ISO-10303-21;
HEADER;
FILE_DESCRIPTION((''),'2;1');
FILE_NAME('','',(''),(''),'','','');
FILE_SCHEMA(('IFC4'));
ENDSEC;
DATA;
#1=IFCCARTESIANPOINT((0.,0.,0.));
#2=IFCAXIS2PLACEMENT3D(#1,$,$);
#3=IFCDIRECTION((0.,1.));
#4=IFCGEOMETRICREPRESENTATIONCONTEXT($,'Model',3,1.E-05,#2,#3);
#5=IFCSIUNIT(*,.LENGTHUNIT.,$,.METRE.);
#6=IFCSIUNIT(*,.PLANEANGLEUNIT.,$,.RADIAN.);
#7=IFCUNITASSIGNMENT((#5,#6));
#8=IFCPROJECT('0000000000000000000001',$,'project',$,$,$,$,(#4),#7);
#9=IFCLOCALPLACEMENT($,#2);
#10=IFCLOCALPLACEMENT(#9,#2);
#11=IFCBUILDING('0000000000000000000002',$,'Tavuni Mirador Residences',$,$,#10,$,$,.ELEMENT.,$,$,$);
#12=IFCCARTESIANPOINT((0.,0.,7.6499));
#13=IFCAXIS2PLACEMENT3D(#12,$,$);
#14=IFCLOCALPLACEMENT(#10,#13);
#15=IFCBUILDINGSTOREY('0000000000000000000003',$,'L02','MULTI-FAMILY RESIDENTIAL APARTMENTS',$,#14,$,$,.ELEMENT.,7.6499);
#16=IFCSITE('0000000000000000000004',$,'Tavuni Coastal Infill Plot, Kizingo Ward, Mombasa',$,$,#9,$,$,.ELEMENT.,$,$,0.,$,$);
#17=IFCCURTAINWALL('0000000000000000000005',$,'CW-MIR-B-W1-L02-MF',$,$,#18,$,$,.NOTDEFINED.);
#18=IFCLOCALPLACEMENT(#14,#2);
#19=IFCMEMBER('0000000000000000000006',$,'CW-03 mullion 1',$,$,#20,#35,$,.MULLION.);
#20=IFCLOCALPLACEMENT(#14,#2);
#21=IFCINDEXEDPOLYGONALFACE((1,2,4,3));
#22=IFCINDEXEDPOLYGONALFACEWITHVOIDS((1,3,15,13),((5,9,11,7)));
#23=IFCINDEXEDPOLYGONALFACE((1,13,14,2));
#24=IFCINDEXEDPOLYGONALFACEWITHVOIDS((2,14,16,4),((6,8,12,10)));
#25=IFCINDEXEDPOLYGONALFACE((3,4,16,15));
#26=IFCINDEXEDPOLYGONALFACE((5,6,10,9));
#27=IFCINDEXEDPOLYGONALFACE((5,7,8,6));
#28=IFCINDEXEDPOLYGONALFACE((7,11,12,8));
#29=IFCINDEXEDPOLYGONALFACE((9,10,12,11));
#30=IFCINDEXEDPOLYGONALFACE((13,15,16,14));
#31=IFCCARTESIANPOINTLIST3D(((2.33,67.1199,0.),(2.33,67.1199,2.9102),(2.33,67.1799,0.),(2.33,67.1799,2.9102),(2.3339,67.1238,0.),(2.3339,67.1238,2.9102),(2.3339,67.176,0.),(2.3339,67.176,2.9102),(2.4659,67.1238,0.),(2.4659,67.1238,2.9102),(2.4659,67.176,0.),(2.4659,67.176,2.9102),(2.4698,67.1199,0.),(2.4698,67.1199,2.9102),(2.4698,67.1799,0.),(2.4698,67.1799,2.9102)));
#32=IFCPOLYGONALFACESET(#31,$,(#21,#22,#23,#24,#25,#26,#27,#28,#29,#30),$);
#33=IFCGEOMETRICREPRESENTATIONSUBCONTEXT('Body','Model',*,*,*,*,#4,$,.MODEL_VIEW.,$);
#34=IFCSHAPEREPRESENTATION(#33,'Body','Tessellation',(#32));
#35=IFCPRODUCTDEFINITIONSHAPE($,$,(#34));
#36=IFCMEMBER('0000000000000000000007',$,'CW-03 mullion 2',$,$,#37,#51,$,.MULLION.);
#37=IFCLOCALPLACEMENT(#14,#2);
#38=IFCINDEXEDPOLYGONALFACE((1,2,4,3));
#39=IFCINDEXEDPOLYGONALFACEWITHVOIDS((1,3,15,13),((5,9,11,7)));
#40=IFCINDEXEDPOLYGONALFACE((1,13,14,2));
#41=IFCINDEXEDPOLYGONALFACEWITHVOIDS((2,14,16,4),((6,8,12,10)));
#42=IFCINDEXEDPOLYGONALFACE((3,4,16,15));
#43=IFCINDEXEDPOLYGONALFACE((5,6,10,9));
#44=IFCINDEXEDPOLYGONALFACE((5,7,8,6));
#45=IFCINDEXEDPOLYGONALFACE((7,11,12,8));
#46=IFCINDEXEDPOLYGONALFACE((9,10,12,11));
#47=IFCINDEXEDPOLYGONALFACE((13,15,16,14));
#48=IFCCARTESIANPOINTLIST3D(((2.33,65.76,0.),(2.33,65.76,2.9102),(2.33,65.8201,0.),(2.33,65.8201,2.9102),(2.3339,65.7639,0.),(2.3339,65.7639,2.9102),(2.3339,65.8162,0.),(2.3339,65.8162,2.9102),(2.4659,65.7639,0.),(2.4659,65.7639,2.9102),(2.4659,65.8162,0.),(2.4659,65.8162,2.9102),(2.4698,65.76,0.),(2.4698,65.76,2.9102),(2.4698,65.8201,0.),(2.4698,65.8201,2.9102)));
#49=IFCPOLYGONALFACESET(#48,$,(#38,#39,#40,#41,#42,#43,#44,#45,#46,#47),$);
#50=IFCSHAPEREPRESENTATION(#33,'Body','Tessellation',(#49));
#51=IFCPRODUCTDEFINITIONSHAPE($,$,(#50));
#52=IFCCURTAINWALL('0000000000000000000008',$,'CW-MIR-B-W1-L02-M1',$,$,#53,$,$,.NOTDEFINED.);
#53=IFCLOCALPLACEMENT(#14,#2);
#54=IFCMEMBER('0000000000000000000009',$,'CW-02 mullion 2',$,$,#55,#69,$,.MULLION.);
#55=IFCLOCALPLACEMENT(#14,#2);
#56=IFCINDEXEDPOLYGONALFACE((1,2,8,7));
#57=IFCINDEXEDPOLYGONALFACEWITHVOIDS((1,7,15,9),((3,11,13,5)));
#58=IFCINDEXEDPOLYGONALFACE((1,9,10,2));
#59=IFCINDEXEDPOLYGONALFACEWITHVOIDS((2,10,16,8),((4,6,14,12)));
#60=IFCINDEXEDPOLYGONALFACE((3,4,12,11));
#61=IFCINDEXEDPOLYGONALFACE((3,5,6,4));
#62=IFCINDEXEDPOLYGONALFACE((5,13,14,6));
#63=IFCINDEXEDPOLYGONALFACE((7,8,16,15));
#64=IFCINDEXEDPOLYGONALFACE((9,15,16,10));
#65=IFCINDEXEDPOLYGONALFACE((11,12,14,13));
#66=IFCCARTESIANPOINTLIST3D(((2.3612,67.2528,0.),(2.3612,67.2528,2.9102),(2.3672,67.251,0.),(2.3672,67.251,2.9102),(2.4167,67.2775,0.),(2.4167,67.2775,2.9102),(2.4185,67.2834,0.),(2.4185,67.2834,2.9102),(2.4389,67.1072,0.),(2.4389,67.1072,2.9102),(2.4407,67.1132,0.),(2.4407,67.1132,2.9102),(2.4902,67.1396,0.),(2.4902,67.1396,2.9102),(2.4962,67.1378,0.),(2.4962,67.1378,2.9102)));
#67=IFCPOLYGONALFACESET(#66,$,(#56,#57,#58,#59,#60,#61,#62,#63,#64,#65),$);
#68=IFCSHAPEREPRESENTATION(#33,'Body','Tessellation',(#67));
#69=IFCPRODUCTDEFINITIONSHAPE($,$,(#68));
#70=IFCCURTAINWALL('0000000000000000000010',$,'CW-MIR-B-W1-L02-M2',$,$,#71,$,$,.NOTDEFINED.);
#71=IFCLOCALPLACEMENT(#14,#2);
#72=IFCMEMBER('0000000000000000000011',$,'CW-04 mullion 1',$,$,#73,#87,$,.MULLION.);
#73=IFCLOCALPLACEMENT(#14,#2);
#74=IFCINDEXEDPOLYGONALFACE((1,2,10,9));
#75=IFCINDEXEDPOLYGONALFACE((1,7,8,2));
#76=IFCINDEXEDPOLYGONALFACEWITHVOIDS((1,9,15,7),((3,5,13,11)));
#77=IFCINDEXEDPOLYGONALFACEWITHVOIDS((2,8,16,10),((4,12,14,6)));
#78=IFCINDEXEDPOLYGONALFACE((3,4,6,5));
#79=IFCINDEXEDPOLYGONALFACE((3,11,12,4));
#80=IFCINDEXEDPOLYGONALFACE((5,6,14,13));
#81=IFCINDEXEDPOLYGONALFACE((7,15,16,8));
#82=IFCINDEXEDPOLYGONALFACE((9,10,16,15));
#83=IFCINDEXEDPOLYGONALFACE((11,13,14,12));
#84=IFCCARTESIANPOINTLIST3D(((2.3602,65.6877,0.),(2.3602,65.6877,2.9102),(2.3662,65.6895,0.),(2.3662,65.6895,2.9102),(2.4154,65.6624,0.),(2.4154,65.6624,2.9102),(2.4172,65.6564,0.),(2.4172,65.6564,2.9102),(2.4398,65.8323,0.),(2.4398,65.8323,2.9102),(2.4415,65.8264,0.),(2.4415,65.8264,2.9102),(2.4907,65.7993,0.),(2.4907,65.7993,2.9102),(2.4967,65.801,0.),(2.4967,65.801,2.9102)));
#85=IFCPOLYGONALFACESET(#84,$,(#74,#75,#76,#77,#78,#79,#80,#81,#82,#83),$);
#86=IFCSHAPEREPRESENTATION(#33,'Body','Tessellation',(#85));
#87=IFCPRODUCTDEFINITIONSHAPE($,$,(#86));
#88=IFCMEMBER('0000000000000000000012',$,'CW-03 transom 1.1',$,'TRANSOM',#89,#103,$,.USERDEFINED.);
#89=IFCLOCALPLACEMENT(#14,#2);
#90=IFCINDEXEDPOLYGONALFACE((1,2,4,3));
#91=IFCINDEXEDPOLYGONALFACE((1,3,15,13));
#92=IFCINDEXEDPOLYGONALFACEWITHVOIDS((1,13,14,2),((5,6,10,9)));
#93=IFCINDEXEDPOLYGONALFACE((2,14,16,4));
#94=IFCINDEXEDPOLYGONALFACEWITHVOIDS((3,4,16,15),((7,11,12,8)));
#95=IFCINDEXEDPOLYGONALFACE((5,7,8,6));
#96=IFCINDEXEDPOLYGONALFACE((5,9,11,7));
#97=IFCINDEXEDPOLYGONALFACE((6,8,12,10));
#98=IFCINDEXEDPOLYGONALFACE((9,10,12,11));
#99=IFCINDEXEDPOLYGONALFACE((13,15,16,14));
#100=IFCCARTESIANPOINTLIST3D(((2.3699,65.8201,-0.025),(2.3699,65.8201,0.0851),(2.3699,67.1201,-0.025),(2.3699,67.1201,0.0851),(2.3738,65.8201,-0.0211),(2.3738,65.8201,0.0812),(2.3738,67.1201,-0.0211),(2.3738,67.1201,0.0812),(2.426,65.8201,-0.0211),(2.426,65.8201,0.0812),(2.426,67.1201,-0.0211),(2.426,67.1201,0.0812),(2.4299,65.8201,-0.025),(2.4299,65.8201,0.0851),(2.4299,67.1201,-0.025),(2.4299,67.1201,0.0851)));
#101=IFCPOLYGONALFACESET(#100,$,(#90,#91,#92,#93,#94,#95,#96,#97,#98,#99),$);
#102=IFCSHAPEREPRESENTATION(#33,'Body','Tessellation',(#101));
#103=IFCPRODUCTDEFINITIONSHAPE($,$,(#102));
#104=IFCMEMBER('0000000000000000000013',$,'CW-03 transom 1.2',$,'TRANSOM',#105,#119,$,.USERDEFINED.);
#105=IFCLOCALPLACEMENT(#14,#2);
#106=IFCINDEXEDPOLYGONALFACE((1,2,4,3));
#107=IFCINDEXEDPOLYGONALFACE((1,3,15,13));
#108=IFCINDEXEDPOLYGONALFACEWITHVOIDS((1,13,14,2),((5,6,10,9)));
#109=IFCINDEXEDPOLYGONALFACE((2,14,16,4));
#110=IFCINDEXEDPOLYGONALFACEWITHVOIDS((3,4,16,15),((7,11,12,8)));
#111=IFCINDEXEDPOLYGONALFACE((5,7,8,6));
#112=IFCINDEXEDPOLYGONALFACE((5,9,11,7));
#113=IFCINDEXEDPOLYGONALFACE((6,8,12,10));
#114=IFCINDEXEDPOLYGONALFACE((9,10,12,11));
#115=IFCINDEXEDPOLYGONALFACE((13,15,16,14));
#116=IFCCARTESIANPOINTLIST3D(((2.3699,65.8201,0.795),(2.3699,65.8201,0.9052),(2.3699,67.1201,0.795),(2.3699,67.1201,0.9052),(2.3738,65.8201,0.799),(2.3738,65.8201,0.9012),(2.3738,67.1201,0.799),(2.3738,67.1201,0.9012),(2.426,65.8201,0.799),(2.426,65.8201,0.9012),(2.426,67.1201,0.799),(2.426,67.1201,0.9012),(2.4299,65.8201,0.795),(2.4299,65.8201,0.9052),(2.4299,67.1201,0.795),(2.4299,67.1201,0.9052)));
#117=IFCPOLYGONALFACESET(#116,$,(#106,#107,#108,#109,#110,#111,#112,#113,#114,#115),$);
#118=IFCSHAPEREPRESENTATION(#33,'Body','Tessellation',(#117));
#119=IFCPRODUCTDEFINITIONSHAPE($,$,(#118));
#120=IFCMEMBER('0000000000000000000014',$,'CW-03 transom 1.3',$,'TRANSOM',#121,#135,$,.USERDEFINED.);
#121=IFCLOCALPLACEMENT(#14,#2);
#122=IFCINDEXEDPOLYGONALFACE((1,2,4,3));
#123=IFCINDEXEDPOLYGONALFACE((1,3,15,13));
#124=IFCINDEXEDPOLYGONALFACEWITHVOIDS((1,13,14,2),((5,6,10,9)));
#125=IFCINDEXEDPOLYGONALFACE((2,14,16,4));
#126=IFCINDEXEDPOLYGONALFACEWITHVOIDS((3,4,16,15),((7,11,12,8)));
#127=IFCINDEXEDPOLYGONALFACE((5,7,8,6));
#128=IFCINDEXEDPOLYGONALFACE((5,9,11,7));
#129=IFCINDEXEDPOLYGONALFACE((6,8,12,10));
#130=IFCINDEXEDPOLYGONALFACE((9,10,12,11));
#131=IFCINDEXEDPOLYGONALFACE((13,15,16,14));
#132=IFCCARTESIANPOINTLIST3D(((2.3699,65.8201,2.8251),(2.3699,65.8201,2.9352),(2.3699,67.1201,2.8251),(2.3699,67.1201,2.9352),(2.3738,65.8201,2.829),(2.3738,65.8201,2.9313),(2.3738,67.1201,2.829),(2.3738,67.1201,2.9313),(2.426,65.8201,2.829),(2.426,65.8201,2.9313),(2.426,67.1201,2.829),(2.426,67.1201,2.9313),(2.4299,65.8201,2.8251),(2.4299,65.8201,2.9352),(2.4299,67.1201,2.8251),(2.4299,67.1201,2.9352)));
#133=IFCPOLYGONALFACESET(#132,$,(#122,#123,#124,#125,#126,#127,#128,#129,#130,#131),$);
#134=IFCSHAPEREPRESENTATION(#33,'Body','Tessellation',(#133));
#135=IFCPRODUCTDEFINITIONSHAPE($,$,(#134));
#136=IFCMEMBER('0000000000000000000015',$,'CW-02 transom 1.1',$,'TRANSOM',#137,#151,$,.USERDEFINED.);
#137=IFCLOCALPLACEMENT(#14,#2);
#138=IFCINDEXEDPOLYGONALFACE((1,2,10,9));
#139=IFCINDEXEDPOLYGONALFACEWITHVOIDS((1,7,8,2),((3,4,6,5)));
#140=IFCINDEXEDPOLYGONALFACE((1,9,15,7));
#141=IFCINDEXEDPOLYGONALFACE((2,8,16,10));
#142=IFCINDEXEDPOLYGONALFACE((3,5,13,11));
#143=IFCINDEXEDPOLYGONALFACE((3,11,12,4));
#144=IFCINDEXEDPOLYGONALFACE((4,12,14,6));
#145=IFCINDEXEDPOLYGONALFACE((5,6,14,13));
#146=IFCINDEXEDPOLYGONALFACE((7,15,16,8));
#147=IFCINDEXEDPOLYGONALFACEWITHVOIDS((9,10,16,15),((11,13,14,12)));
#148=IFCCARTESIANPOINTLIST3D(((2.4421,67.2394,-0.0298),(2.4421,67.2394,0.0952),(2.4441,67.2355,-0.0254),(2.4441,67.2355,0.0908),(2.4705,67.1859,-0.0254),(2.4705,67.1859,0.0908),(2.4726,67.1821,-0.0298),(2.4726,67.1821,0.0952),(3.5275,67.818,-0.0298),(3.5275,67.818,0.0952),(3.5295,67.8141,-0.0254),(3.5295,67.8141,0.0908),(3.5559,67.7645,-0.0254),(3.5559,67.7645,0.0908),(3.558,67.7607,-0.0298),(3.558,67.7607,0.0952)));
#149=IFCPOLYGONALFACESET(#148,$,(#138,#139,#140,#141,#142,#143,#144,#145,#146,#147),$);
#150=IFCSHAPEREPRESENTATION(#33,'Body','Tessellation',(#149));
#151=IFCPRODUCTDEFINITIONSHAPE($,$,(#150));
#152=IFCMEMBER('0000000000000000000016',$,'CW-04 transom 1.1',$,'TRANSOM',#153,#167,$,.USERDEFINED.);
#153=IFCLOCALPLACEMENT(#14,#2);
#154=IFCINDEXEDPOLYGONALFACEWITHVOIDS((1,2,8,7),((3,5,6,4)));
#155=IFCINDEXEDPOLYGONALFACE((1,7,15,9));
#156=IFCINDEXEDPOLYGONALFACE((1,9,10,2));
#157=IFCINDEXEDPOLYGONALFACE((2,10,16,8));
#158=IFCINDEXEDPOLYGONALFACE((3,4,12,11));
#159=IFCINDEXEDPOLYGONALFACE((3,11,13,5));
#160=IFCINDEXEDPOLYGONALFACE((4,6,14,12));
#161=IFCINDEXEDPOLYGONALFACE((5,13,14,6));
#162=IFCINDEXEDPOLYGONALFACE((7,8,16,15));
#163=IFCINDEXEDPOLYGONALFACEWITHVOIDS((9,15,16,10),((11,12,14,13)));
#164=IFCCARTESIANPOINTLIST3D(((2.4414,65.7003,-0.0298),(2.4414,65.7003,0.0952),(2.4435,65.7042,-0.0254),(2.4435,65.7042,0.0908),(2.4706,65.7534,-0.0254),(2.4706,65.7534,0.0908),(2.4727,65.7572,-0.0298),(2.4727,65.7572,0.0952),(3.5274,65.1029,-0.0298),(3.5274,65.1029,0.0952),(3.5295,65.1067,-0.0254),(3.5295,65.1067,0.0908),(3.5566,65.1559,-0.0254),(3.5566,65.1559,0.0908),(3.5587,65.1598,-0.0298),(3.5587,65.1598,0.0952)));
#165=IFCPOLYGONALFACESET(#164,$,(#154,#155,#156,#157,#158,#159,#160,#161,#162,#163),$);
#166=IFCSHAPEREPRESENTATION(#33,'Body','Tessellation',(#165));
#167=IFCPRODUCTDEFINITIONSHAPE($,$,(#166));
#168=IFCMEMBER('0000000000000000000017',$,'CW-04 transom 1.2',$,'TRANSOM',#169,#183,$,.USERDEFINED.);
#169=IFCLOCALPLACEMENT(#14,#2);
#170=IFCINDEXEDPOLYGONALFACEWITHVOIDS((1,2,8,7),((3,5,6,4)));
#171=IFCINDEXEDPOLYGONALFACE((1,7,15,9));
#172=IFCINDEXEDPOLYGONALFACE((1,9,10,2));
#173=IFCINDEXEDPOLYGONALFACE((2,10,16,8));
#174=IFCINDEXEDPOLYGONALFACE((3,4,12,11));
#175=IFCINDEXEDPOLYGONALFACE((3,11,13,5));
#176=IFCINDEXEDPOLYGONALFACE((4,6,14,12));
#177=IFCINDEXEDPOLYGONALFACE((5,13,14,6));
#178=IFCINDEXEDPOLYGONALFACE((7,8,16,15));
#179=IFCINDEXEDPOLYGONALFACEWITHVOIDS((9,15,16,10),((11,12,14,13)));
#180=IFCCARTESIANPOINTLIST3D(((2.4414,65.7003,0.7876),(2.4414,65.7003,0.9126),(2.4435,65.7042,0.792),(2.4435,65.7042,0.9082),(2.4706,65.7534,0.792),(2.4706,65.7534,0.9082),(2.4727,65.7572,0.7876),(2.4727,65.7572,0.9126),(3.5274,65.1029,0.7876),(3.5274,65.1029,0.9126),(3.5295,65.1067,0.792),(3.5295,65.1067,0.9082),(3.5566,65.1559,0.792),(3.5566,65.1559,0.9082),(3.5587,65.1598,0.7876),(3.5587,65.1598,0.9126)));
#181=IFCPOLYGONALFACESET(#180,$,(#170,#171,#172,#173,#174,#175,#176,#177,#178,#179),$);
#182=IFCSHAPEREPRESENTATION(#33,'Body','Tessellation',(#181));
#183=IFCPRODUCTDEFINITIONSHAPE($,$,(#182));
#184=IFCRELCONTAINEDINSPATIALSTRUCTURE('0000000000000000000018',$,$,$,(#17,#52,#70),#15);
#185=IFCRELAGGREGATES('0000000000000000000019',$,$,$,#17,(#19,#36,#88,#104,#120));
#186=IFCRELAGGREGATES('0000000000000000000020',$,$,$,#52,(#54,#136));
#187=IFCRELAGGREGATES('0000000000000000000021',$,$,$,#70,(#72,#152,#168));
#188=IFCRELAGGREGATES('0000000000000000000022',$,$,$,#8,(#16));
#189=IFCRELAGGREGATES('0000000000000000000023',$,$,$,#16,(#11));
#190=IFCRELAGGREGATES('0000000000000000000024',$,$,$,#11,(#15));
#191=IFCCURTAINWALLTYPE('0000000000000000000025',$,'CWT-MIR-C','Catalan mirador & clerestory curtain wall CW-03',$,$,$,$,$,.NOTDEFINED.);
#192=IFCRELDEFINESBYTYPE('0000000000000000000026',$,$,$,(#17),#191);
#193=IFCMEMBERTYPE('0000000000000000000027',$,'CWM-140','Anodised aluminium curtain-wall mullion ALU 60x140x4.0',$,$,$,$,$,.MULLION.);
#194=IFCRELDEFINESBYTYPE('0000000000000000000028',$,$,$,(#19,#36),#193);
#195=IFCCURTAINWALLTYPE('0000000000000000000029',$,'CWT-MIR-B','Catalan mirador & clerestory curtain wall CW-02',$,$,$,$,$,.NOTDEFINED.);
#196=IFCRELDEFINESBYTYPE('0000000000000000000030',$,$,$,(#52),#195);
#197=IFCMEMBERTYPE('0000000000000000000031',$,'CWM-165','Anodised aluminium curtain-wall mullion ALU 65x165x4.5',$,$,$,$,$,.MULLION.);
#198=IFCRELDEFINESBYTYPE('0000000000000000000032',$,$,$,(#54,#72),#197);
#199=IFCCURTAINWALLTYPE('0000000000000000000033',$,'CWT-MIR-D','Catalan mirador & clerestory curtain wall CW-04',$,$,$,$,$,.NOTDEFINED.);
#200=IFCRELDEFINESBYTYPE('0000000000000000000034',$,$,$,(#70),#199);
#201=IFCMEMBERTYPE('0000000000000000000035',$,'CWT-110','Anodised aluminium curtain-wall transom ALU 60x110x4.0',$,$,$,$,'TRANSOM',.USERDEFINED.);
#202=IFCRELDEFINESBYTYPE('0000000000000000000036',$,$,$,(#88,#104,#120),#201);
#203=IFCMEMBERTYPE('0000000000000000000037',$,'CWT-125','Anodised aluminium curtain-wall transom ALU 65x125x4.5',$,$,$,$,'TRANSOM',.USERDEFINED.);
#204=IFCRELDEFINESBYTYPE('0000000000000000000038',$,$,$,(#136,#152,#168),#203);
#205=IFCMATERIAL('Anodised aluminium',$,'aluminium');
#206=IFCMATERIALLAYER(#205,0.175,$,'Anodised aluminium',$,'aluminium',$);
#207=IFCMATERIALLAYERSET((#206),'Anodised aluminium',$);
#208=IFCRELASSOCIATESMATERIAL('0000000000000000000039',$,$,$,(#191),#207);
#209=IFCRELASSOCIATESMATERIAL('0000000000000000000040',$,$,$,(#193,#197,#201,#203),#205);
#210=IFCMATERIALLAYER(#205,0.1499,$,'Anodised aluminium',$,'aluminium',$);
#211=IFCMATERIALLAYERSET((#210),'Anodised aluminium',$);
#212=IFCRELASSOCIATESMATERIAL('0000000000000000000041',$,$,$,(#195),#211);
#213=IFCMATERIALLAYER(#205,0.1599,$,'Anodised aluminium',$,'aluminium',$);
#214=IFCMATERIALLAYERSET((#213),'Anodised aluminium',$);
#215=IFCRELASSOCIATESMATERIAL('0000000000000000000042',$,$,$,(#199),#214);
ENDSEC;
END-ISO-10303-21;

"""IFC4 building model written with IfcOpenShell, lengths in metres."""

from ifc_helpers import new_model, si_unit, direction, frame, origin, origin_2d, place, context, subcontext, project, spatial, hollow_rectangle, extrude, material, layer, layer_set, material_profile, profile_set, type_object, element, aggregate, save


model = new_model("IFC4")

# Units and contexts
model_context = context("Model", 3, precision=1e-05, world=origin(), true_north=direction((0.0, 1.0)))
body_context = subcontext(model_context, "Body", "Model", "MODEL_VIEW")
ifc_project = project(units=[si_unit("LENGTHUNIT", "METRE"), si_unit("PLANEANGLEUNIT", "RADIAN")], contexts=[model_context])

# Site, building, storey
site_placement = place(None, origin())
site = spatial("IfcSite", under=ifc_project, at=site_placement, Name="Tavuni Coastal Infill Plot, Kizingo Ward, Mombasa", CompositionType="ELEMENT", RefElevation=0.0)
building_placement = place(site_placement, origin())
building = spatial("IfcBuilding", under=site, at=building_placement, Name="Tavuni Mirador Residences", CompositionType="ELEMENT")
storey_placement = place(building_placement, frame((0.0, 0.0, 7.6499)))
storey = spatial("IfcBuildingStorey", under=building, at=storey_placement, Name="L02", Description="MULTI-FAMILY RESIDENTIAL APARTMENTS", CompositionType="ELEMENT", Elevation=7.6499)

# Curtain wall, members
ifc_material_1 = material(Name="Anodised aluminium", Category="aluminium")
ifc_layer_1 = layer(ifc_material_1, 0.175, Name="Anodised aluminium", Category="aluminium")
ifc_layer_set_1 = layer_set([ifc_layer_1], Name="Anodised aluminium")
curtain_wall_type_1 = type_object("IfcCurtainWallType", Name="CWT-MIR-C", Description="Catalan mirador & clerestory curtain wall CW-03", PredefinedType="NOTDEFINED", material=ifc_layer_set_1)
curtain_wall_1_placement = place(storey_placement, origin())
curtain_wall_1 = element("IfcCurtainWall", 1, at=curtain_wall_1_placement, inside=storey, type_object=curtain_wall_type_1, Name="CW-MIR-B-W1-L02-MF", PredefinedType="NOTDEFINED")
ifc_material_profile_1 = material_profile(ifc_material_1, hollow_rectangle(XDim=0.0601, YDim=0.1399, WallThickness=0.0039, at=origin_2d()), Name="ALU 60x140x4.0", Category="aluminium")
ifc_profile_set_1 = profile_set([ifc_material_profile_1], Name="Anodised aluminium")
member_type_1 = type_object("IfcMemberType", Name="CWM-140", Description="Anodised aluminium curtain-wall mullion ALU 60x140x4.0", PredefinedType="MULLION", material=ifc_profile_set_1)
member_1_placement = place(storey_placement, frame((2.3999, 67.1499, 0.0), z_axis=(0.0, 0.0, 1.0), x_axis=(0.0, -1.0, 0.0)))
member_1 = element("IfcMember", 2, at=member_1_placement, type_object=member_type_1, Name="CW-03 mullion 1", PredefinedType="MULLION", context=body_context, shape_type="SweptSolid", body=[
    extrude(hollow_rectangle(XDim=0.0601, YDim=0.1399, WallThickness=0.0039, at=origin_2d()), origin(), (0.0, 0.0, 1.0), 2.9102),
])
member_2_placement = place(storey_placement, frame((2.3999, 65.79, 0.0), z_axis=(0.0, 0.0, 1.0), x_axis=(0.0, -1.0, 0.0)))
member_2 = element("IfcMember", 3, at=member_2_placement, type_object=member_type_1, Name="CW-03 mullion 2", PredefinedType="MULLION", context=body_context, shape_type="SweptSolid", body=[
    extrude(hollow_rectangle(XDim=0.0601, YDim=0.1399, WallThickness=0.0039, at=origin_2d()), origin(), (0.0, 0.0, 1.0), 2.9102),
])

# Curtain walls, members
ifc_layer_2 = layer(ifc_material_1, 0.1499, Name="Anodised aluminium", Category="aluminium")
ifc_layer_set_2 = layer_set([ifc_layer_2], Name="Anodised aluminium")
curtain_wall_type_2 = type_object("IfcCurtainWallType", Name="CWT-MIR-B", Description="Catalan mirador & clerestory curtain wall CW-02", PredefinedType="NOTDEFINED", material=ifc_layer_set_2)
curtain_wall_2_placement = place(storey_placement, origin())
curtain_wall_2 = element("IfcCurtainWall", 4, at=curtain_wall_2_placement, inside=storey, type_object=curtain_wall_type_2, Name="CW-MIR-B-W1-L02-M1", PredefinedType="NOTDEFINED")
ifc_material_profile_2 = material_profile(ifc_material_1, hollow_rectangle(XDim=0.0649, YDim=0.165, WallThickness=0.0044, at=origin_2d()), Name="ALU 65x165x4.5", Category="aluminium")
ifc_profile_set_2 = profile_set([ifc_material_profile_2], Name="Anodised aluminium")
member_type_2 = type_object("IfcMemberType", Name="CWM-165", Description="Anodised aluminium curtain-wall mullion ALU 65x165x4.5", PredefinedType="MULLION", material=ifc_profile_set_2)
member_3_placement = place(storey_placement, frame((2.4287, 67.1953, 0.0), z_axis=(0.0, 0.0, 1.0), x_axis=(-0.882353, -0.470588, 0.0)))
member_3 = element("IfcMember", 5, at=member_3_placement, type_object=member_type_2, Name="CW-02 mullion 2", PredefinedType="MULLION", context=body_context, shape_type="SweptSolid", body=[
    extrude(hollow_rectangle(XDim=0.0649, YDim=0.165, WallThickness=0.0044, at=origin_2d()), origin(), (0.0, 0.0, 1.0), 2.9102),
])
ifc_layer_3 = layer(ifc_material_1, 0.1599, Name="Anodised aluminium", Category="aluminium")
ifc_layer_set_3 = layer_set([ifc_layer_3], Name="Anodised aluminium")
curtain_wall_type_3 = type_object("IfcCurtainWallType", Name="CWT-MIR-D", Description="Catalan mirador & clerestory curtain wall CW-04", PredefinedType="NOTDEFINED", material=ifc_layer_set_3)
curtain_wall_3_placement = place(storey_placement, origin())
curtain_wall_3 = element("IfcCurtainWall", 6, at=curtain_wall_3_placement, inside=storey, type_object=curtain_wall_type_3, Name="CW-MIR-B-W1-L02-M2", PredefinedType="NOTDEFINED")
member_4_placement = place(storey_placement, frame((2.4285, 65.7444, 0.0), z_axis=(0.0, 0.0, 1.0), x_axis=(0.876216, -0.481919, 0.0)))
member_4 = element("IfcMember", 7, at=member_4_placement, type_object=member_type_2, Name="CW-04 mullion 1", PredefinedType="MULLION", context=body_context, shape_type="SweptSolid", body=[
    extrude(hollow_rectangle(XDim=0.0649, YDim=0.165, WallThickness=0.0044, at=origin_2d()), origin(), (0.0, 0.0, 1.0), 2.9102),
])

# Members
ifc_material_profile_3 = material_profile(ifc_material_1, hollow_rectangle(XDim=0.0601, YDim=0.1101, WallThickness=0.0039, at=origin_2d()), Name="ALU 60x110x4.0", Category="aluminium")
ifc_profile_set_3 = profile_set([ifc_material_profile_3], Name="Anodised aluminium")
member_type_3 = type_object("IfcMemberType", Name="CWT-110", Description="Anodised aluminium curtain-wall transom ALU 60x110x4.0", ElementType="TRANSOM", PredefinedType="USERDEFINED", material=ifc_profile_set_3)
member_5_placement = place(storey_placement, frame((2.3999, 67.1201, 0.03), z_axis=(0.0, -1.0, 0.0), x_axis=(1.0, 0.0, 0.0)))
member_5 = element("IfcMember", 8, at=member_5_placement, type_object=member_type_3, Name="CW-03 transom 1.1", ObjectType="TRANSOM", PredefinedType="USERDEFINED", context=body_context, shape_type="SweptSolid", body=[
    extrude(hollow_rectangle(XDim=0.0601, YDim=0.1101, WallThickness=0.0039, at=origin_2d()), origin(), (0.0, 0.0, 1.0), 1.3),
])
member_6_placement = place(storey_placement, frame((2.3999, 67.1201, 0.8501), z_axis=(0.0, -1.0, 0.0), x_axis=(1.0, 0.0, 0.0)))
member_6 = element("IfcMember", 9, at=member_6_placement, type_object=member_type_3, Name="CW-03 transom 1.2", ObjectType="TRANSOM", PredefinedType="USERDEFINED", context=body_context, shape_type="SweptSolid", body=[
    extrude(hollow_rectangle(XDim=0.0601, YDim=0.1101, WallThickness=0.0039, at=origin_2d()), origin(), (0.0, 0.0, 1.0), 1.3),
])
member_7_placement = place(storey_placement, frame((2.3999, 67.1201, 2.8801), z_axis=(0.0, -1.0, 0.0), x_axis=(1.0, 0.0, 0.0)))
member_7 = element("IfcMember", 10, at=member_7_placement, type_object=member_type_3, Name="CW-03 transom 1.3", ObjectType="TRANSOM", PredefinedType="USERDEFINED", context=body_context, shape_type="SweptSolid", body=[
    extrude(hollow_rectangle(XDim=0.0601, YDim=0.1101, WallThickness=0.0039, at=origin_2d()), origin(), (0.0, 0.0, 1.0), 1.3),
])
ifc_material_profile_4 = material_profile(ifc_material_1, hollow_rectangle(XDim=0.0649, YDim=0.125, WallThickness=0.0044, at=origin_2d()), Name="ALU 65x125x4.5", Category="aluminium")
ifc_profile_set_4 = profile_set([ifc_material_profile_4], Name="Anodised aluminium")
member_type_4 = type_object("IfcMemberType", Name="CWT-125", Description="Anodised aluminium curtain-wall transom ALU 65x125x4.5", ElementType="TRANSOM", PredefinedType="USERDEFINED", material=ifc_profile_set_4)
member_8_placement = place(storey_placement, frame((3.5427, 67.7893, 0.0327), z_axis=(-0.882452, -0.470403, 0.0), x_axis=(0.470403, -0.882452, 0.0)))
member_8 = element("IfcMember", 11, at=member_8_placement, type_object=member_type_4, Name="CW-02 transom 1.1", ObjectType="TRANSOM", PredefinedType="USERDEFINED", context=body_context, shape_type="SweptSolid", body=[
    extrude(hollow_rectangle(XDim=0.0649, YDim=0.125, WallThickness=0.0044, at=origin_2d()), origin(), (0.0, 0.0, 1.0), 1.23),
])
member_9_placement = place(storey_placement, frame((2.457, 65.7288, 0.0327), z_axis=(0.876166, -0.482009, 0.0), x_axis=(0.482009, 0.876166, 0.0)))
member_9 = element("IfcMember", 12, at=member_9_placement, type_object=member_type_4, Name="CW-04 transom 1.1", ObjectType="TRANSOM", PredefinedType="USERDEFINED", context=body_context, shape_type="SweptSolid", body=[
    extrude(hollow_rectangle(XDim=0.0649, YDim=0.125, WallThickness=0.0044, at=origin_2d()), origin(), (0.0, 0.0, 1.0), 1.2395),
])
member_10_placement = place(storey_placement, frame((2.457, 65.7288, 0.8501), z_axis=(0.876166, -0.482009, 0.0), x_axis=(0.482009, 0.876166, 0.0)))
member_10 = element("IfcMember", 13, at=member_10_placement, type_object=member_type_4, Name="CW-04 transom 1.2", ObjectType="TRANSOM", PredefinedType="USERDEFINED", context=body_context, shape_type="SweptSolid", body=[
    extrude(hollow_rectangle(XDim=0.0649, YDim=0.125, WallThickness=0.0044, at=origin_2d()), origin(), (0.0, 0.0, 1.0), 1.2395),
])

aggregate(curtain_wall_1, [member_1, member_2, member_5, member_6, member_7])
aggregate(curtain_wall_2, [member_3, member_8])
aggregate(curtain_wall_3, [member_4, member_9, member_10])

save(model, "model.ifc")
